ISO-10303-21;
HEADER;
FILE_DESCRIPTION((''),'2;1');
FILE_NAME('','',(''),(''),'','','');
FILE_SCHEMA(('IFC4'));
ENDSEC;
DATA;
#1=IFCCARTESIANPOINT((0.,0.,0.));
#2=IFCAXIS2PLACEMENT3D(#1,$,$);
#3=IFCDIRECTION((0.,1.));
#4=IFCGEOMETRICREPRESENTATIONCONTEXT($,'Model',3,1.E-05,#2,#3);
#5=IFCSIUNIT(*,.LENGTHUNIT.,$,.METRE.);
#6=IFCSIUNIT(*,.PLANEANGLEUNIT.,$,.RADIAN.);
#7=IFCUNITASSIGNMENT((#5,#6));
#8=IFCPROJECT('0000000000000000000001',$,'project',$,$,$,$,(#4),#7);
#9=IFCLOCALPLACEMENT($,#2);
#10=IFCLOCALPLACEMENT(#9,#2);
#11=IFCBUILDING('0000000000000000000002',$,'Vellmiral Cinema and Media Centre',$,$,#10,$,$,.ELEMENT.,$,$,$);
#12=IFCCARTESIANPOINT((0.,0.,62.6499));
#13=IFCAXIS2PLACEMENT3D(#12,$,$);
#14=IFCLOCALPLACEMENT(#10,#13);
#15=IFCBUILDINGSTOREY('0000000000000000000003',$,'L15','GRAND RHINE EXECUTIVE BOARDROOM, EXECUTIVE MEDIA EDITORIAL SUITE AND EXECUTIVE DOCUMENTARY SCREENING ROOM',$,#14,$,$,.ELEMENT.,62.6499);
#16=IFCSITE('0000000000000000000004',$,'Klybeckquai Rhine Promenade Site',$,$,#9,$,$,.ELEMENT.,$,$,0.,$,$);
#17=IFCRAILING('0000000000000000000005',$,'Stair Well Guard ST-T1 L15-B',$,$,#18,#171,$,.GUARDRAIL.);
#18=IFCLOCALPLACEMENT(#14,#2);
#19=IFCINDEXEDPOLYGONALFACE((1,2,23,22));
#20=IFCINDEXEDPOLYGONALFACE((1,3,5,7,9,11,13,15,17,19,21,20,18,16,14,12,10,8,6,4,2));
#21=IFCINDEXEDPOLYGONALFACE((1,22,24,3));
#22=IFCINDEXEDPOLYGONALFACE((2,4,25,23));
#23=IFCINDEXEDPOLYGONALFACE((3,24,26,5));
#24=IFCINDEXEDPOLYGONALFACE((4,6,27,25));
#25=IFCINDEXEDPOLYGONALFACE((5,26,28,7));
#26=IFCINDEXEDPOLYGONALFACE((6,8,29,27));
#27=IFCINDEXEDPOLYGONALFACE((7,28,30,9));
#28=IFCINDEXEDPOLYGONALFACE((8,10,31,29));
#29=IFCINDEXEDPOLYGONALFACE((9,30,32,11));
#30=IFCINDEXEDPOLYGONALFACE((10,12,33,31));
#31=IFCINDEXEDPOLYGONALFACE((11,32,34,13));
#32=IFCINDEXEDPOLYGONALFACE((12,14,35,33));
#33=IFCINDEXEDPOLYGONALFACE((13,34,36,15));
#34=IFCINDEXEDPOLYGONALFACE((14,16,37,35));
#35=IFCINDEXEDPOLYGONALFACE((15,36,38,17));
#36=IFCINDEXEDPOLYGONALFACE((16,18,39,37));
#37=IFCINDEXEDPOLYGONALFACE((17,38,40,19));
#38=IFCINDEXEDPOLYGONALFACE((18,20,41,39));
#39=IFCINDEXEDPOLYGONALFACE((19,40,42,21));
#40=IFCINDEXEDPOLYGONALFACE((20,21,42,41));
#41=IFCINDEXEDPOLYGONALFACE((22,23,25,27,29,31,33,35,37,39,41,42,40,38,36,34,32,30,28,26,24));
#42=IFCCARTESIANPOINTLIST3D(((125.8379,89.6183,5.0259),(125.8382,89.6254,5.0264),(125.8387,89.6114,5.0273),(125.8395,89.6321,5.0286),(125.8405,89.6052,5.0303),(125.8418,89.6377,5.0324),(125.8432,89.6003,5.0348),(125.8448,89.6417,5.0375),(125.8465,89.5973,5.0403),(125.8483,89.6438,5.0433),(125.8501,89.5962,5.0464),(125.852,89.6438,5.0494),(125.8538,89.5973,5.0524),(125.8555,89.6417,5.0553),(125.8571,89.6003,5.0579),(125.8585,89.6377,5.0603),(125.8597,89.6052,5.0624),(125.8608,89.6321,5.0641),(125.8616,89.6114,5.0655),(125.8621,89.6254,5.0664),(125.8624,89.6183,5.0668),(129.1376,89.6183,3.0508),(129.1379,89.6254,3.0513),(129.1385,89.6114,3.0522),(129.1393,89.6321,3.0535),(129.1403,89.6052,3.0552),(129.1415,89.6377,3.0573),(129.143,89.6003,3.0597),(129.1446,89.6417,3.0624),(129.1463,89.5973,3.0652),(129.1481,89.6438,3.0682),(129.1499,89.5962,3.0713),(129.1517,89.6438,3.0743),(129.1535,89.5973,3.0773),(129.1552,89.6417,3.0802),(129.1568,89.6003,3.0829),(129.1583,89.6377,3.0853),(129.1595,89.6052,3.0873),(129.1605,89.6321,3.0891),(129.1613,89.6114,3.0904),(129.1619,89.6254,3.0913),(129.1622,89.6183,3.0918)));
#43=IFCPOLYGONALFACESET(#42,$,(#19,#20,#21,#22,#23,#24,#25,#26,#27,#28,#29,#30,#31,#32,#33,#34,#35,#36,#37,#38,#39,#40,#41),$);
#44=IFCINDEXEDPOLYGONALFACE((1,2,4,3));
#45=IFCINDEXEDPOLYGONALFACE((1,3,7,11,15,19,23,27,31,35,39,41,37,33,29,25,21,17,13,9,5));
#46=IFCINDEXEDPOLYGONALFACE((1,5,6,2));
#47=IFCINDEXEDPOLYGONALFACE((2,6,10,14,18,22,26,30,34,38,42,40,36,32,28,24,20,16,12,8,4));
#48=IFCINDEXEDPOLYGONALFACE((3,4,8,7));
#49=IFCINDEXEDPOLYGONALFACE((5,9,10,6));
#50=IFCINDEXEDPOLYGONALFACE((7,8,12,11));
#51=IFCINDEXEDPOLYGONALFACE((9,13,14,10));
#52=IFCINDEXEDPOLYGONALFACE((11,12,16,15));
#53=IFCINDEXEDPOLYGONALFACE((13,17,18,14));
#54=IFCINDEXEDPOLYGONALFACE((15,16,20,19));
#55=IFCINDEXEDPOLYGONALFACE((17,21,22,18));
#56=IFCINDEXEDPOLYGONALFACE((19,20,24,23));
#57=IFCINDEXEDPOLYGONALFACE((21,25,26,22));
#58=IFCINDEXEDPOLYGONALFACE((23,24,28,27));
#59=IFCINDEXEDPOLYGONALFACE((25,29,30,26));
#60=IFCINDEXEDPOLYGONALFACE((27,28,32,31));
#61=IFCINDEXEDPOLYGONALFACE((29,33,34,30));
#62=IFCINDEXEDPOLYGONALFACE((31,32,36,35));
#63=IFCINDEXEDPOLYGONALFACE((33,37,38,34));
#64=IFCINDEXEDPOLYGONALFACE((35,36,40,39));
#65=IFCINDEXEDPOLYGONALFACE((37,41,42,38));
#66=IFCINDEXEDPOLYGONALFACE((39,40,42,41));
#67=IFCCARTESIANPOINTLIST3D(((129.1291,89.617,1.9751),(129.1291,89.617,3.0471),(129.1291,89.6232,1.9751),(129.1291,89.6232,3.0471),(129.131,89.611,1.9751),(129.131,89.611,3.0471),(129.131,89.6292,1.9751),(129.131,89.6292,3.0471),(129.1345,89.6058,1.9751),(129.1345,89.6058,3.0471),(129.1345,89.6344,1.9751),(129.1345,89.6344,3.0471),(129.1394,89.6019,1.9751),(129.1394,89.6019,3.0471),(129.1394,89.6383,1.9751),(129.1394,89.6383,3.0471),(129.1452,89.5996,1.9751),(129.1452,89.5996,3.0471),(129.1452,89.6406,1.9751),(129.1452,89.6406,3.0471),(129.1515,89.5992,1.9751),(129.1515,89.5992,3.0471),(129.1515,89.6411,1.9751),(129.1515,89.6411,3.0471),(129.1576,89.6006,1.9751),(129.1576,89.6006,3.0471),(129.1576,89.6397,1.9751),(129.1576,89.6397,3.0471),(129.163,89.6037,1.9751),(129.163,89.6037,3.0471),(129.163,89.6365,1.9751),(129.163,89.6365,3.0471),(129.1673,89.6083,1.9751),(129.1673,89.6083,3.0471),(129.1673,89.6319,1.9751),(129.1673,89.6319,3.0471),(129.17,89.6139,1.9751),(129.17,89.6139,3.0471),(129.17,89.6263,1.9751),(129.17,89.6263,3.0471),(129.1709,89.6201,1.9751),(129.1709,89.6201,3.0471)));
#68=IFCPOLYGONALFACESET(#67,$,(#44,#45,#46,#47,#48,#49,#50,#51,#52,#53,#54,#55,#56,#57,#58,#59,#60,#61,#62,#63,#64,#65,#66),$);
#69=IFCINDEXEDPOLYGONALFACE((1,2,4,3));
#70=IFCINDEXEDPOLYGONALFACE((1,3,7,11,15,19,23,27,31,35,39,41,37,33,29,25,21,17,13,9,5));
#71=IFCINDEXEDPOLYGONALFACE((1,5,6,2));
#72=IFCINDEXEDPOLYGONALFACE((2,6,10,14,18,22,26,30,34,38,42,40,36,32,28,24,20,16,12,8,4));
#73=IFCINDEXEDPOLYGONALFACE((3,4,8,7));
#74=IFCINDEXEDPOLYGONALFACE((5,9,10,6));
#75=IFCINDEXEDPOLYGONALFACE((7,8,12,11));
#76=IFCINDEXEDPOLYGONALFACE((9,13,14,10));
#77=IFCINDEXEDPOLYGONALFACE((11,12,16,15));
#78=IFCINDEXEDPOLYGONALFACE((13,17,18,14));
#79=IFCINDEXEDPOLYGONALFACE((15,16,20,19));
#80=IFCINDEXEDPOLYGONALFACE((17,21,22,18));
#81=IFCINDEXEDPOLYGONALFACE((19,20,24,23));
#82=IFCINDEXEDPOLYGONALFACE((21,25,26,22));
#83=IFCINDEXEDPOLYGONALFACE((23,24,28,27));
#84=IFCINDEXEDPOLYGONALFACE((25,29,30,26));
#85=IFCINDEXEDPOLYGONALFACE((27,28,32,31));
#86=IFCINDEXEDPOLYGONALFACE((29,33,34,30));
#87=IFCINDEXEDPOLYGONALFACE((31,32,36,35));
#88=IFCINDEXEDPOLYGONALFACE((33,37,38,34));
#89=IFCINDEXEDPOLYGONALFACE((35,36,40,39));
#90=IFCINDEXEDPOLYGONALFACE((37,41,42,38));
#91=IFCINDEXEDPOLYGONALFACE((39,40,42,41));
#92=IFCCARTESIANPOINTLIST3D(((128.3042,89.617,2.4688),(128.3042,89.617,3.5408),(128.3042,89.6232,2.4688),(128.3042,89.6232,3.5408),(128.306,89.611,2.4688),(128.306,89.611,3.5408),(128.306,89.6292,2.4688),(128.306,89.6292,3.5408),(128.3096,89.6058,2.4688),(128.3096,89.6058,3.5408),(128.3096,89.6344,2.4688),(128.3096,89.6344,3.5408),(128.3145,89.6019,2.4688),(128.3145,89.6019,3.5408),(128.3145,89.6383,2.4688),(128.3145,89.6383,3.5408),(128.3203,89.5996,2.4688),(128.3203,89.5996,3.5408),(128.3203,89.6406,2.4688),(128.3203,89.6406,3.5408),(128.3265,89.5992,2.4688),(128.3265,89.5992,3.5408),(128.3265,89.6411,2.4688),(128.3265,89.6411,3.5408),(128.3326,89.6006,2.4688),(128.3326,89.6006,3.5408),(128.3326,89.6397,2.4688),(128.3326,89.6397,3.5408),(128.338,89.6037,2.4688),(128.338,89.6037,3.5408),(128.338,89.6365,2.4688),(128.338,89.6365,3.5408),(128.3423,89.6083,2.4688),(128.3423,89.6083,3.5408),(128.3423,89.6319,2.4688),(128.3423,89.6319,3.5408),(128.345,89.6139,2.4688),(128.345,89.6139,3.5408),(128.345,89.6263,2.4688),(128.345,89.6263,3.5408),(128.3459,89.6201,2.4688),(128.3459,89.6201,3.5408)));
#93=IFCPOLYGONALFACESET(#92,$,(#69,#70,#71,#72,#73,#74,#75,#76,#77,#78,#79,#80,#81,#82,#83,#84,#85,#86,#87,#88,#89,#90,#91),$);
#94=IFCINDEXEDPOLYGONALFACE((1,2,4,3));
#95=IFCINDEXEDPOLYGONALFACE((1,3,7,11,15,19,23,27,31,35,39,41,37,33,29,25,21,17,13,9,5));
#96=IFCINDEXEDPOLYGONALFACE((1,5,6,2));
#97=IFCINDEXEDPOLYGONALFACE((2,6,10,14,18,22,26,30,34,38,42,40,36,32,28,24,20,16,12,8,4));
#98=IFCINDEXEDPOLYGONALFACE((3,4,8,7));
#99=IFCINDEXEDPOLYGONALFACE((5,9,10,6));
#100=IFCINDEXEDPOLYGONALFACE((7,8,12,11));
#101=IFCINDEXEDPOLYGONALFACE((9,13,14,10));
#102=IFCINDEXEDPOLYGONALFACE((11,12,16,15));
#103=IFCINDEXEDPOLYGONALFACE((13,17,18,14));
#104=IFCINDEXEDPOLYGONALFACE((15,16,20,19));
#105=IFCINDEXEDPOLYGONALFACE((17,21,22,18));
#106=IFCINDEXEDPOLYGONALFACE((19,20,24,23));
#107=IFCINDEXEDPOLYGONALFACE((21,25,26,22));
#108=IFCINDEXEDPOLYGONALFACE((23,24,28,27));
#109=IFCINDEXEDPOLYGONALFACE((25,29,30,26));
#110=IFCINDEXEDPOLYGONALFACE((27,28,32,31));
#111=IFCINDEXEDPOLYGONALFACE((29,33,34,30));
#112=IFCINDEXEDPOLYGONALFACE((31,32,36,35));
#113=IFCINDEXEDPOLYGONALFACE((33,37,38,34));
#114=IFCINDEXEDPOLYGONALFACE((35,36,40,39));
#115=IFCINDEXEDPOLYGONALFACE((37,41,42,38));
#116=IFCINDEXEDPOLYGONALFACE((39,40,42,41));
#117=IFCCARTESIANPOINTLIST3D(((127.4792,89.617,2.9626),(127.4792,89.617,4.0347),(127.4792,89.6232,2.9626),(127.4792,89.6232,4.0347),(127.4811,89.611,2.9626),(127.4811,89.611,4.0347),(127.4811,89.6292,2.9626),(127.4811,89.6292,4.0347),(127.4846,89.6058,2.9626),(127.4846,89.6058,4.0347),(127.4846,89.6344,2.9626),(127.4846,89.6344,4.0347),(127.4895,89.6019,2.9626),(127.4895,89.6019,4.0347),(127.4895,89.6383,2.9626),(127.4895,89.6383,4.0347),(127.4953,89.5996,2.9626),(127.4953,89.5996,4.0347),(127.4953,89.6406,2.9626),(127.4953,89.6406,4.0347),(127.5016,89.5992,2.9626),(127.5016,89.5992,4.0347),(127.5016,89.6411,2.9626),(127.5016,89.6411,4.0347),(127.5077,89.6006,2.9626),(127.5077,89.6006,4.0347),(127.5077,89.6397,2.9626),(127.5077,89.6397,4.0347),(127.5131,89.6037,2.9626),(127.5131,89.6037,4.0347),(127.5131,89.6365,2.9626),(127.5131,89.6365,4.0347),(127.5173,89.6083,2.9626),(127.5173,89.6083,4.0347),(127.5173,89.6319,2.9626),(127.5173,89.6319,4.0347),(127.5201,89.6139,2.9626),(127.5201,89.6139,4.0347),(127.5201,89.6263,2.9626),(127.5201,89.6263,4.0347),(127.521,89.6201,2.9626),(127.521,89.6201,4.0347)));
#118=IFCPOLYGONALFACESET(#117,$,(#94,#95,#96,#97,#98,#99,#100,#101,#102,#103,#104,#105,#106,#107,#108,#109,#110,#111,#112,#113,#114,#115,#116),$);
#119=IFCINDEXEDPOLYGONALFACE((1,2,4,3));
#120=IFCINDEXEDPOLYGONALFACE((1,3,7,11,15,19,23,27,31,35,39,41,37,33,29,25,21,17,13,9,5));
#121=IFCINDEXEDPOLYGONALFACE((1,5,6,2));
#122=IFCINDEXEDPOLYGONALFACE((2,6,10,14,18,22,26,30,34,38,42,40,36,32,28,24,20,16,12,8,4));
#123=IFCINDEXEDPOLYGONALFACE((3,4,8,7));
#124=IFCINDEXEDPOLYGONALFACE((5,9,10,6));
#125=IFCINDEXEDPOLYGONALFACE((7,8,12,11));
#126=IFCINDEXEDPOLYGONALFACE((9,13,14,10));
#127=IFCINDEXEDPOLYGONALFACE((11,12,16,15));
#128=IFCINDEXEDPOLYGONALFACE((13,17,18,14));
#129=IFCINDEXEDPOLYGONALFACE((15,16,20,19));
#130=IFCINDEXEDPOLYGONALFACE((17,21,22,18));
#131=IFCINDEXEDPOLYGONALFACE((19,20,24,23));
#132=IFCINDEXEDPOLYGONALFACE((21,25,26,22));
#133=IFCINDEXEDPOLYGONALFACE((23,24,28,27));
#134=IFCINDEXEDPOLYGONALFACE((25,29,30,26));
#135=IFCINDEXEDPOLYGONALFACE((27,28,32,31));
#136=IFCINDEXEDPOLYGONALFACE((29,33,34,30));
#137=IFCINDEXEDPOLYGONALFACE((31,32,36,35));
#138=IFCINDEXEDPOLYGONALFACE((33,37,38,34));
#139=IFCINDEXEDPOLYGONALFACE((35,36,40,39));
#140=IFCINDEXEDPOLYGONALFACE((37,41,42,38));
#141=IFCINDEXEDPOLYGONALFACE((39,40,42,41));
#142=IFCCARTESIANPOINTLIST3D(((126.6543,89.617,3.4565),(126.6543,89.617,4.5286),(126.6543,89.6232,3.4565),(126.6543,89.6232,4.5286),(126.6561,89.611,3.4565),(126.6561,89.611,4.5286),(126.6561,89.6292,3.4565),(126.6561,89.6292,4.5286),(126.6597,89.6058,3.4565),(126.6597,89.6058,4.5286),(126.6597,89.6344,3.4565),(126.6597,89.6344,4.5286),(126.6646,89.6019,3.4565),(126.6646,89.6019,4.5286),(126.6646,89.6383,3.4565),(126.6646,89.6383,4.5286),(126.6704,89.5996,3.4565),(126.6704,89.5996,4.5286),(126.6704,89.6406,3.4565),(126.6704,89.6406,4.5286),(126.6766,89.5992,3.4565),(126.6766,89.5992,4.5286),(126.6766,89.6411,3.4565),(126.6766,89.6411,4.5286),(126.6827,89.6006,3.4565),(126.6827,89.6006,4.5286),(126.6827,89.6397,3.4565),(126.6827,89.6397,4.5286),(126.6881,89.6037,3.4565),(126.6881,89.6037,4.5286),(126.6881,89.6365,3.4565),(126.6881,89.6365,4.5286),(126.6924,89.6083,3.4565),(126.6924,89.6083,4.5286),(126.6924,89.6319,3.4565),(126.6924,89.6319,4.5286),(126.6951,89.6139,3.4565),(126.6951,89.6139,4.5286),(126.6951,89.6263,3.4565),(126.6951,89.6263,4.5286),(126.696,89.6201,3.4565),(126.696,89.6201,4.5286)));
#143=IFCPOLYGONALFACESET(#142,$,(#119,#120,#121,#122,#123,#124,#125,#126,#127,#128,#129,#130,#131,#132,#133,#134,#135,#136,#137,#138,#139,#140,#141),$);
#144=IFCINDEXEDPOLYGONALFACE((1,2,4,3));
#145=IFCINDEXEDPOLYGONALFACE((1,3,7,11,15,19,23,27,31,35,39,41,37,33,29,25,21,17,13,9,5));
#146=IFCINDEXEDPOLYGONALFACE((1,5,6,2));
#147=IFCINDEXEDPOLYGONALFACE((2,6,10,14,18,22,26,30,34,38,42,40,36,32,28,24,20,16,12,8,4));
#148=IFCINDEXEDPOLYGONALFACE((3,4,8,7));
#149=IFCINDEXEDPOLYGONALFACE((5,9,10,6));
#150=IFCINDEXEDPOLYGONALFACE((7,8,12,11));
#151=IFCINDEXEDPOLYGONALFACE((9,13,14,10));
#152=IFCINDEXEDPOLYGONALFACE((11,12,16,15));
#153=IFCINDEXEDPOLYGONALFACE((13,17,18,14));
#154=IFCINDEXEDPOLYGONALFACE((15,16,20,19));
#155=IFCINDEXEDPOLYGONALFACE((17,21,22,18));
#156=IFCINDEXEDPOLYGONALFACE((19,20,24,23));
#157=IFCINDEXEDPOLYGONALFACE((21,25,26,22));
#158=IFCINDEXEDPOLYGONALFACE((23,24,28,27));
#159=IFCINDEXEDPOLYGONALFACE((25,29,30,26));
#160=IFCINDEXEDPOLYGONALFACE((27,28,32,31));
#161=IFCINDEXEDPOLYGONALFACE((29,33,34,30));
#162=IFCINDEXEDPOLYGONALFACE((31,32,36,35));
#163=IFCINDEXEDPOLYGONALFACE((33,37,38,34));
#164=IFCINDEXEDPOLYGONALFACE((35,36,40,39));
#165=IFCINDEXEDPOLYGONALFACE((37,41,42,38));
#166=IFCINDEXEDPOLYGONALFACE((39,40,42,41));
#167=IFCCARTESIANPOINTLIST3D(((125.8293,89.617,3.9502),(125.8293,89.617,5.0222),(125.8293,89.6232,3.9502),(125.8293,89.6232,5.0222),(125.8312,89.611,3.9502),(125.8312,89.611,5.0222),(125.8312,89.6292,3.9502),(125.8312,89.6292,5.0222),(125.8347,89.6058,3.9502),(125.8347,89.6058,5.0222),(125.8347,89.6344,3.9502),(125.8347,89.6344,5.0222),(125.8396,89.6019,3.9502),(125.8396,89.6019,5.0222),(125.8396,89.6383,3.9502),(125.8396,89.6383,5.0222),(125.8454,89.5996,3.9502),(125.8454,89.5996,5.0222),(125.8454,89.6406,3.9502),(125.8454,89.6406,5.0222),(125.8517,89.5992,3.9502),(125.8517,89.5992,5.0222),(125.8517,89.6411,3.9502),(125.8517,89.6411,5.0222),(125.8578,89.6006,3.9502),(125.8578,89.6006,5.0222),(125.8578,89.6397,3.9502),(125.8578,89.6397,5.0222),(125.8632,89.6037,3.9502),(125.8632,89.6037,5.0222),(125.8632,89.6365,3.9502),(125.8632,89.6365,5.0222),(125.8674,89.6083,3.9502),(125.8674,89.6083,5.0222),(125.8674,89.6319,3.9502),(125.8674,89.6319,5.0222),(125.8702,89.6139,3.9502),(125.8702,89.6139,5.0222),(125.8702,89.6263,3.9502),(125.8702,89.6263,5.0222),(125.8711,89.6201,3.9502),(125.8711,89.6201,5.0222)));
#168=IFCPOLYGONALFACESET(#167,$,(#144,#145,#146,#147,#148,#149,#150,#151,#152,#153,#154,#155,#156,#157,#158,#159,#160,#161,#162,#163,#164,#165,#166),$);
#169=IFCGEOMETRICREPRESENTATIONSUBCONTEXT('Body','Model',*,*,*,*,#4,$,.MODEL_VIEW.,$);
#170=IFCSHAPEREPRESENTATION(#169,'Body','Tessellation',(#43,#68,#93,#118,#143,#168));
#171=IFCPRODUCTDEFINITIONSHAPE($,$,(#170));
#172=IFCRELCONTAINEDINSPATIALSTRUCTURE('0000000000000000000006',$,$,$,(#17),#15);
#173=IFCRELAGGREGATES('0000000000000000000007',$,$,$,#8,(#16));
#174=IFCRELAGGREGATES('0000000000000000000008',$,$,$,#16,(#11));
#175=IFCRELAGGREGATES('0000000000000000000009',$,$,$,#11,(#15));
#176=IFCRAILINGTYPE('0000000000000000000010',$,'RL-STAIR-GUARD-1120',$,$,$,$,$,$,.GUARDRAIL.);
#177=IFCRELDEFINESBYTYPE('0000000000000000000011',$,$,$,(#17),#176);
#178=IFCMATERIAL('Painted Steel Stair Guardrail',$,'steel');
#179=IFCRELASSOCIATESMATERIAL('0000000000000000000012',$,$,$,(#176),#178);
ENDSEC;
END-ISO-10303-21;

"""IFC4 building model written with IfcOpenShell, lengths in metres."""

from ifc_helpers import new_model, si_unit, direction, frame, origin, origin_2d, place, context, subcontext, project, spatial, circle, extrude, material, type_object, element, save


model = new_model("IFC4")

# Units and contexts
model_context = context("Model", 3, precision=1e-05, world=origin(), true_north=direction((0.0, 1.0)))
body_context = subcontext(model_context, "Body", "Model", "MODEL_VIEW")
ifc_project = project(units=[si_unit("LENGTHUNIT", "METRE"), si_unit("PLANEANGLEUNIT", "RADIAN")], contexts=[model_context])

# Site, building, storey
site_placement = place(None, origin())
site = spatial("IfcSite", under=ifc_project, at=site_placement, Name="Klybeckquai Rhine Promenade Site", CompositionType="ELEMENT", RefElevation=0.0)
building_placement = place(site_placement, origin())
building = spatial("IfcBuilding", under=site, at=building_placement, Name="Vellmiral Cinema and Media Centre", CompositionType="ELEMENT")
storey_placement = place(building_placement, frame((0.0, 0.0, 62.6499)))
storey = spatial("IfcBuildingStorey", under=building, at=storey_placement, Name="L15", Description="GRAND RHINE EXECUTIVE BOARDROOM, EXECUTIVE MEDIA EDITORIAL SUITE AND EXECUTIVE DOCUMENTARY SCREENING ROOM", CompositionType="ELEMENT", Elevation=62.6499)

# Railing
ifc_material_1 = material(Name="Painted Steel Stair Guardrail", Category="steel")
railing_type_1 = type_object("IfcRailingType", Name="RL-STAIR-GUARD-1120", PredefinedType="GUARDRAIL", material=ifc_material_1)
railing_1_placement = place(storey_placement, frame((129.1499, 89.6201, 1.9751)))
element("IfcRailing", 1, at=railing_1_placement, inside=storey, type_object=railing_type_1, Name="Stair Well Guard ST-T1 L15-B", PredefinedType="GUARDRAIL", context=body_context, shape_type="SweptSolid", body=[
    extrude(circle(Radius=0.0239, at=origin_2d()), frame((0.0, 0.0, 1.0962), z_axis=(-0.858041, 0.0, 0.513581), x_axis=(0.0, -1.0, 0.0)), (0.0, 0.0, 1.0), 3.8457),
    extrude(circle(Radius=0.021, at=origin_2d()), origin(), (0.0, 0.0, 1.0), 1.072),
    extrude(circle(Radius=0.021, at=origin_2d()), frame((-0.825, 0.0, 0.4937)), (0.0, 0.0, 1.0), 1.072),
    extrude(circle(Radius=0.021, at=origin_2d()), frame((-1.6499, 0.0, 0.9875)), (0.0, 0.0, 1.0), 1.072),
    extrude(circle(Radius=0.021, at=origin_2d()), frame((-2.4749, 0.0, 1.4814)), (0.0, 0.0, 1.0), 1.072),
    extrude(circle(Radius=0.021, at=origin_2d()), frame((-3.2998, 0.0, 1.9751)), (0.0, 0.0, 1.0), 1.072),
])

save(model, "model.ifc")
